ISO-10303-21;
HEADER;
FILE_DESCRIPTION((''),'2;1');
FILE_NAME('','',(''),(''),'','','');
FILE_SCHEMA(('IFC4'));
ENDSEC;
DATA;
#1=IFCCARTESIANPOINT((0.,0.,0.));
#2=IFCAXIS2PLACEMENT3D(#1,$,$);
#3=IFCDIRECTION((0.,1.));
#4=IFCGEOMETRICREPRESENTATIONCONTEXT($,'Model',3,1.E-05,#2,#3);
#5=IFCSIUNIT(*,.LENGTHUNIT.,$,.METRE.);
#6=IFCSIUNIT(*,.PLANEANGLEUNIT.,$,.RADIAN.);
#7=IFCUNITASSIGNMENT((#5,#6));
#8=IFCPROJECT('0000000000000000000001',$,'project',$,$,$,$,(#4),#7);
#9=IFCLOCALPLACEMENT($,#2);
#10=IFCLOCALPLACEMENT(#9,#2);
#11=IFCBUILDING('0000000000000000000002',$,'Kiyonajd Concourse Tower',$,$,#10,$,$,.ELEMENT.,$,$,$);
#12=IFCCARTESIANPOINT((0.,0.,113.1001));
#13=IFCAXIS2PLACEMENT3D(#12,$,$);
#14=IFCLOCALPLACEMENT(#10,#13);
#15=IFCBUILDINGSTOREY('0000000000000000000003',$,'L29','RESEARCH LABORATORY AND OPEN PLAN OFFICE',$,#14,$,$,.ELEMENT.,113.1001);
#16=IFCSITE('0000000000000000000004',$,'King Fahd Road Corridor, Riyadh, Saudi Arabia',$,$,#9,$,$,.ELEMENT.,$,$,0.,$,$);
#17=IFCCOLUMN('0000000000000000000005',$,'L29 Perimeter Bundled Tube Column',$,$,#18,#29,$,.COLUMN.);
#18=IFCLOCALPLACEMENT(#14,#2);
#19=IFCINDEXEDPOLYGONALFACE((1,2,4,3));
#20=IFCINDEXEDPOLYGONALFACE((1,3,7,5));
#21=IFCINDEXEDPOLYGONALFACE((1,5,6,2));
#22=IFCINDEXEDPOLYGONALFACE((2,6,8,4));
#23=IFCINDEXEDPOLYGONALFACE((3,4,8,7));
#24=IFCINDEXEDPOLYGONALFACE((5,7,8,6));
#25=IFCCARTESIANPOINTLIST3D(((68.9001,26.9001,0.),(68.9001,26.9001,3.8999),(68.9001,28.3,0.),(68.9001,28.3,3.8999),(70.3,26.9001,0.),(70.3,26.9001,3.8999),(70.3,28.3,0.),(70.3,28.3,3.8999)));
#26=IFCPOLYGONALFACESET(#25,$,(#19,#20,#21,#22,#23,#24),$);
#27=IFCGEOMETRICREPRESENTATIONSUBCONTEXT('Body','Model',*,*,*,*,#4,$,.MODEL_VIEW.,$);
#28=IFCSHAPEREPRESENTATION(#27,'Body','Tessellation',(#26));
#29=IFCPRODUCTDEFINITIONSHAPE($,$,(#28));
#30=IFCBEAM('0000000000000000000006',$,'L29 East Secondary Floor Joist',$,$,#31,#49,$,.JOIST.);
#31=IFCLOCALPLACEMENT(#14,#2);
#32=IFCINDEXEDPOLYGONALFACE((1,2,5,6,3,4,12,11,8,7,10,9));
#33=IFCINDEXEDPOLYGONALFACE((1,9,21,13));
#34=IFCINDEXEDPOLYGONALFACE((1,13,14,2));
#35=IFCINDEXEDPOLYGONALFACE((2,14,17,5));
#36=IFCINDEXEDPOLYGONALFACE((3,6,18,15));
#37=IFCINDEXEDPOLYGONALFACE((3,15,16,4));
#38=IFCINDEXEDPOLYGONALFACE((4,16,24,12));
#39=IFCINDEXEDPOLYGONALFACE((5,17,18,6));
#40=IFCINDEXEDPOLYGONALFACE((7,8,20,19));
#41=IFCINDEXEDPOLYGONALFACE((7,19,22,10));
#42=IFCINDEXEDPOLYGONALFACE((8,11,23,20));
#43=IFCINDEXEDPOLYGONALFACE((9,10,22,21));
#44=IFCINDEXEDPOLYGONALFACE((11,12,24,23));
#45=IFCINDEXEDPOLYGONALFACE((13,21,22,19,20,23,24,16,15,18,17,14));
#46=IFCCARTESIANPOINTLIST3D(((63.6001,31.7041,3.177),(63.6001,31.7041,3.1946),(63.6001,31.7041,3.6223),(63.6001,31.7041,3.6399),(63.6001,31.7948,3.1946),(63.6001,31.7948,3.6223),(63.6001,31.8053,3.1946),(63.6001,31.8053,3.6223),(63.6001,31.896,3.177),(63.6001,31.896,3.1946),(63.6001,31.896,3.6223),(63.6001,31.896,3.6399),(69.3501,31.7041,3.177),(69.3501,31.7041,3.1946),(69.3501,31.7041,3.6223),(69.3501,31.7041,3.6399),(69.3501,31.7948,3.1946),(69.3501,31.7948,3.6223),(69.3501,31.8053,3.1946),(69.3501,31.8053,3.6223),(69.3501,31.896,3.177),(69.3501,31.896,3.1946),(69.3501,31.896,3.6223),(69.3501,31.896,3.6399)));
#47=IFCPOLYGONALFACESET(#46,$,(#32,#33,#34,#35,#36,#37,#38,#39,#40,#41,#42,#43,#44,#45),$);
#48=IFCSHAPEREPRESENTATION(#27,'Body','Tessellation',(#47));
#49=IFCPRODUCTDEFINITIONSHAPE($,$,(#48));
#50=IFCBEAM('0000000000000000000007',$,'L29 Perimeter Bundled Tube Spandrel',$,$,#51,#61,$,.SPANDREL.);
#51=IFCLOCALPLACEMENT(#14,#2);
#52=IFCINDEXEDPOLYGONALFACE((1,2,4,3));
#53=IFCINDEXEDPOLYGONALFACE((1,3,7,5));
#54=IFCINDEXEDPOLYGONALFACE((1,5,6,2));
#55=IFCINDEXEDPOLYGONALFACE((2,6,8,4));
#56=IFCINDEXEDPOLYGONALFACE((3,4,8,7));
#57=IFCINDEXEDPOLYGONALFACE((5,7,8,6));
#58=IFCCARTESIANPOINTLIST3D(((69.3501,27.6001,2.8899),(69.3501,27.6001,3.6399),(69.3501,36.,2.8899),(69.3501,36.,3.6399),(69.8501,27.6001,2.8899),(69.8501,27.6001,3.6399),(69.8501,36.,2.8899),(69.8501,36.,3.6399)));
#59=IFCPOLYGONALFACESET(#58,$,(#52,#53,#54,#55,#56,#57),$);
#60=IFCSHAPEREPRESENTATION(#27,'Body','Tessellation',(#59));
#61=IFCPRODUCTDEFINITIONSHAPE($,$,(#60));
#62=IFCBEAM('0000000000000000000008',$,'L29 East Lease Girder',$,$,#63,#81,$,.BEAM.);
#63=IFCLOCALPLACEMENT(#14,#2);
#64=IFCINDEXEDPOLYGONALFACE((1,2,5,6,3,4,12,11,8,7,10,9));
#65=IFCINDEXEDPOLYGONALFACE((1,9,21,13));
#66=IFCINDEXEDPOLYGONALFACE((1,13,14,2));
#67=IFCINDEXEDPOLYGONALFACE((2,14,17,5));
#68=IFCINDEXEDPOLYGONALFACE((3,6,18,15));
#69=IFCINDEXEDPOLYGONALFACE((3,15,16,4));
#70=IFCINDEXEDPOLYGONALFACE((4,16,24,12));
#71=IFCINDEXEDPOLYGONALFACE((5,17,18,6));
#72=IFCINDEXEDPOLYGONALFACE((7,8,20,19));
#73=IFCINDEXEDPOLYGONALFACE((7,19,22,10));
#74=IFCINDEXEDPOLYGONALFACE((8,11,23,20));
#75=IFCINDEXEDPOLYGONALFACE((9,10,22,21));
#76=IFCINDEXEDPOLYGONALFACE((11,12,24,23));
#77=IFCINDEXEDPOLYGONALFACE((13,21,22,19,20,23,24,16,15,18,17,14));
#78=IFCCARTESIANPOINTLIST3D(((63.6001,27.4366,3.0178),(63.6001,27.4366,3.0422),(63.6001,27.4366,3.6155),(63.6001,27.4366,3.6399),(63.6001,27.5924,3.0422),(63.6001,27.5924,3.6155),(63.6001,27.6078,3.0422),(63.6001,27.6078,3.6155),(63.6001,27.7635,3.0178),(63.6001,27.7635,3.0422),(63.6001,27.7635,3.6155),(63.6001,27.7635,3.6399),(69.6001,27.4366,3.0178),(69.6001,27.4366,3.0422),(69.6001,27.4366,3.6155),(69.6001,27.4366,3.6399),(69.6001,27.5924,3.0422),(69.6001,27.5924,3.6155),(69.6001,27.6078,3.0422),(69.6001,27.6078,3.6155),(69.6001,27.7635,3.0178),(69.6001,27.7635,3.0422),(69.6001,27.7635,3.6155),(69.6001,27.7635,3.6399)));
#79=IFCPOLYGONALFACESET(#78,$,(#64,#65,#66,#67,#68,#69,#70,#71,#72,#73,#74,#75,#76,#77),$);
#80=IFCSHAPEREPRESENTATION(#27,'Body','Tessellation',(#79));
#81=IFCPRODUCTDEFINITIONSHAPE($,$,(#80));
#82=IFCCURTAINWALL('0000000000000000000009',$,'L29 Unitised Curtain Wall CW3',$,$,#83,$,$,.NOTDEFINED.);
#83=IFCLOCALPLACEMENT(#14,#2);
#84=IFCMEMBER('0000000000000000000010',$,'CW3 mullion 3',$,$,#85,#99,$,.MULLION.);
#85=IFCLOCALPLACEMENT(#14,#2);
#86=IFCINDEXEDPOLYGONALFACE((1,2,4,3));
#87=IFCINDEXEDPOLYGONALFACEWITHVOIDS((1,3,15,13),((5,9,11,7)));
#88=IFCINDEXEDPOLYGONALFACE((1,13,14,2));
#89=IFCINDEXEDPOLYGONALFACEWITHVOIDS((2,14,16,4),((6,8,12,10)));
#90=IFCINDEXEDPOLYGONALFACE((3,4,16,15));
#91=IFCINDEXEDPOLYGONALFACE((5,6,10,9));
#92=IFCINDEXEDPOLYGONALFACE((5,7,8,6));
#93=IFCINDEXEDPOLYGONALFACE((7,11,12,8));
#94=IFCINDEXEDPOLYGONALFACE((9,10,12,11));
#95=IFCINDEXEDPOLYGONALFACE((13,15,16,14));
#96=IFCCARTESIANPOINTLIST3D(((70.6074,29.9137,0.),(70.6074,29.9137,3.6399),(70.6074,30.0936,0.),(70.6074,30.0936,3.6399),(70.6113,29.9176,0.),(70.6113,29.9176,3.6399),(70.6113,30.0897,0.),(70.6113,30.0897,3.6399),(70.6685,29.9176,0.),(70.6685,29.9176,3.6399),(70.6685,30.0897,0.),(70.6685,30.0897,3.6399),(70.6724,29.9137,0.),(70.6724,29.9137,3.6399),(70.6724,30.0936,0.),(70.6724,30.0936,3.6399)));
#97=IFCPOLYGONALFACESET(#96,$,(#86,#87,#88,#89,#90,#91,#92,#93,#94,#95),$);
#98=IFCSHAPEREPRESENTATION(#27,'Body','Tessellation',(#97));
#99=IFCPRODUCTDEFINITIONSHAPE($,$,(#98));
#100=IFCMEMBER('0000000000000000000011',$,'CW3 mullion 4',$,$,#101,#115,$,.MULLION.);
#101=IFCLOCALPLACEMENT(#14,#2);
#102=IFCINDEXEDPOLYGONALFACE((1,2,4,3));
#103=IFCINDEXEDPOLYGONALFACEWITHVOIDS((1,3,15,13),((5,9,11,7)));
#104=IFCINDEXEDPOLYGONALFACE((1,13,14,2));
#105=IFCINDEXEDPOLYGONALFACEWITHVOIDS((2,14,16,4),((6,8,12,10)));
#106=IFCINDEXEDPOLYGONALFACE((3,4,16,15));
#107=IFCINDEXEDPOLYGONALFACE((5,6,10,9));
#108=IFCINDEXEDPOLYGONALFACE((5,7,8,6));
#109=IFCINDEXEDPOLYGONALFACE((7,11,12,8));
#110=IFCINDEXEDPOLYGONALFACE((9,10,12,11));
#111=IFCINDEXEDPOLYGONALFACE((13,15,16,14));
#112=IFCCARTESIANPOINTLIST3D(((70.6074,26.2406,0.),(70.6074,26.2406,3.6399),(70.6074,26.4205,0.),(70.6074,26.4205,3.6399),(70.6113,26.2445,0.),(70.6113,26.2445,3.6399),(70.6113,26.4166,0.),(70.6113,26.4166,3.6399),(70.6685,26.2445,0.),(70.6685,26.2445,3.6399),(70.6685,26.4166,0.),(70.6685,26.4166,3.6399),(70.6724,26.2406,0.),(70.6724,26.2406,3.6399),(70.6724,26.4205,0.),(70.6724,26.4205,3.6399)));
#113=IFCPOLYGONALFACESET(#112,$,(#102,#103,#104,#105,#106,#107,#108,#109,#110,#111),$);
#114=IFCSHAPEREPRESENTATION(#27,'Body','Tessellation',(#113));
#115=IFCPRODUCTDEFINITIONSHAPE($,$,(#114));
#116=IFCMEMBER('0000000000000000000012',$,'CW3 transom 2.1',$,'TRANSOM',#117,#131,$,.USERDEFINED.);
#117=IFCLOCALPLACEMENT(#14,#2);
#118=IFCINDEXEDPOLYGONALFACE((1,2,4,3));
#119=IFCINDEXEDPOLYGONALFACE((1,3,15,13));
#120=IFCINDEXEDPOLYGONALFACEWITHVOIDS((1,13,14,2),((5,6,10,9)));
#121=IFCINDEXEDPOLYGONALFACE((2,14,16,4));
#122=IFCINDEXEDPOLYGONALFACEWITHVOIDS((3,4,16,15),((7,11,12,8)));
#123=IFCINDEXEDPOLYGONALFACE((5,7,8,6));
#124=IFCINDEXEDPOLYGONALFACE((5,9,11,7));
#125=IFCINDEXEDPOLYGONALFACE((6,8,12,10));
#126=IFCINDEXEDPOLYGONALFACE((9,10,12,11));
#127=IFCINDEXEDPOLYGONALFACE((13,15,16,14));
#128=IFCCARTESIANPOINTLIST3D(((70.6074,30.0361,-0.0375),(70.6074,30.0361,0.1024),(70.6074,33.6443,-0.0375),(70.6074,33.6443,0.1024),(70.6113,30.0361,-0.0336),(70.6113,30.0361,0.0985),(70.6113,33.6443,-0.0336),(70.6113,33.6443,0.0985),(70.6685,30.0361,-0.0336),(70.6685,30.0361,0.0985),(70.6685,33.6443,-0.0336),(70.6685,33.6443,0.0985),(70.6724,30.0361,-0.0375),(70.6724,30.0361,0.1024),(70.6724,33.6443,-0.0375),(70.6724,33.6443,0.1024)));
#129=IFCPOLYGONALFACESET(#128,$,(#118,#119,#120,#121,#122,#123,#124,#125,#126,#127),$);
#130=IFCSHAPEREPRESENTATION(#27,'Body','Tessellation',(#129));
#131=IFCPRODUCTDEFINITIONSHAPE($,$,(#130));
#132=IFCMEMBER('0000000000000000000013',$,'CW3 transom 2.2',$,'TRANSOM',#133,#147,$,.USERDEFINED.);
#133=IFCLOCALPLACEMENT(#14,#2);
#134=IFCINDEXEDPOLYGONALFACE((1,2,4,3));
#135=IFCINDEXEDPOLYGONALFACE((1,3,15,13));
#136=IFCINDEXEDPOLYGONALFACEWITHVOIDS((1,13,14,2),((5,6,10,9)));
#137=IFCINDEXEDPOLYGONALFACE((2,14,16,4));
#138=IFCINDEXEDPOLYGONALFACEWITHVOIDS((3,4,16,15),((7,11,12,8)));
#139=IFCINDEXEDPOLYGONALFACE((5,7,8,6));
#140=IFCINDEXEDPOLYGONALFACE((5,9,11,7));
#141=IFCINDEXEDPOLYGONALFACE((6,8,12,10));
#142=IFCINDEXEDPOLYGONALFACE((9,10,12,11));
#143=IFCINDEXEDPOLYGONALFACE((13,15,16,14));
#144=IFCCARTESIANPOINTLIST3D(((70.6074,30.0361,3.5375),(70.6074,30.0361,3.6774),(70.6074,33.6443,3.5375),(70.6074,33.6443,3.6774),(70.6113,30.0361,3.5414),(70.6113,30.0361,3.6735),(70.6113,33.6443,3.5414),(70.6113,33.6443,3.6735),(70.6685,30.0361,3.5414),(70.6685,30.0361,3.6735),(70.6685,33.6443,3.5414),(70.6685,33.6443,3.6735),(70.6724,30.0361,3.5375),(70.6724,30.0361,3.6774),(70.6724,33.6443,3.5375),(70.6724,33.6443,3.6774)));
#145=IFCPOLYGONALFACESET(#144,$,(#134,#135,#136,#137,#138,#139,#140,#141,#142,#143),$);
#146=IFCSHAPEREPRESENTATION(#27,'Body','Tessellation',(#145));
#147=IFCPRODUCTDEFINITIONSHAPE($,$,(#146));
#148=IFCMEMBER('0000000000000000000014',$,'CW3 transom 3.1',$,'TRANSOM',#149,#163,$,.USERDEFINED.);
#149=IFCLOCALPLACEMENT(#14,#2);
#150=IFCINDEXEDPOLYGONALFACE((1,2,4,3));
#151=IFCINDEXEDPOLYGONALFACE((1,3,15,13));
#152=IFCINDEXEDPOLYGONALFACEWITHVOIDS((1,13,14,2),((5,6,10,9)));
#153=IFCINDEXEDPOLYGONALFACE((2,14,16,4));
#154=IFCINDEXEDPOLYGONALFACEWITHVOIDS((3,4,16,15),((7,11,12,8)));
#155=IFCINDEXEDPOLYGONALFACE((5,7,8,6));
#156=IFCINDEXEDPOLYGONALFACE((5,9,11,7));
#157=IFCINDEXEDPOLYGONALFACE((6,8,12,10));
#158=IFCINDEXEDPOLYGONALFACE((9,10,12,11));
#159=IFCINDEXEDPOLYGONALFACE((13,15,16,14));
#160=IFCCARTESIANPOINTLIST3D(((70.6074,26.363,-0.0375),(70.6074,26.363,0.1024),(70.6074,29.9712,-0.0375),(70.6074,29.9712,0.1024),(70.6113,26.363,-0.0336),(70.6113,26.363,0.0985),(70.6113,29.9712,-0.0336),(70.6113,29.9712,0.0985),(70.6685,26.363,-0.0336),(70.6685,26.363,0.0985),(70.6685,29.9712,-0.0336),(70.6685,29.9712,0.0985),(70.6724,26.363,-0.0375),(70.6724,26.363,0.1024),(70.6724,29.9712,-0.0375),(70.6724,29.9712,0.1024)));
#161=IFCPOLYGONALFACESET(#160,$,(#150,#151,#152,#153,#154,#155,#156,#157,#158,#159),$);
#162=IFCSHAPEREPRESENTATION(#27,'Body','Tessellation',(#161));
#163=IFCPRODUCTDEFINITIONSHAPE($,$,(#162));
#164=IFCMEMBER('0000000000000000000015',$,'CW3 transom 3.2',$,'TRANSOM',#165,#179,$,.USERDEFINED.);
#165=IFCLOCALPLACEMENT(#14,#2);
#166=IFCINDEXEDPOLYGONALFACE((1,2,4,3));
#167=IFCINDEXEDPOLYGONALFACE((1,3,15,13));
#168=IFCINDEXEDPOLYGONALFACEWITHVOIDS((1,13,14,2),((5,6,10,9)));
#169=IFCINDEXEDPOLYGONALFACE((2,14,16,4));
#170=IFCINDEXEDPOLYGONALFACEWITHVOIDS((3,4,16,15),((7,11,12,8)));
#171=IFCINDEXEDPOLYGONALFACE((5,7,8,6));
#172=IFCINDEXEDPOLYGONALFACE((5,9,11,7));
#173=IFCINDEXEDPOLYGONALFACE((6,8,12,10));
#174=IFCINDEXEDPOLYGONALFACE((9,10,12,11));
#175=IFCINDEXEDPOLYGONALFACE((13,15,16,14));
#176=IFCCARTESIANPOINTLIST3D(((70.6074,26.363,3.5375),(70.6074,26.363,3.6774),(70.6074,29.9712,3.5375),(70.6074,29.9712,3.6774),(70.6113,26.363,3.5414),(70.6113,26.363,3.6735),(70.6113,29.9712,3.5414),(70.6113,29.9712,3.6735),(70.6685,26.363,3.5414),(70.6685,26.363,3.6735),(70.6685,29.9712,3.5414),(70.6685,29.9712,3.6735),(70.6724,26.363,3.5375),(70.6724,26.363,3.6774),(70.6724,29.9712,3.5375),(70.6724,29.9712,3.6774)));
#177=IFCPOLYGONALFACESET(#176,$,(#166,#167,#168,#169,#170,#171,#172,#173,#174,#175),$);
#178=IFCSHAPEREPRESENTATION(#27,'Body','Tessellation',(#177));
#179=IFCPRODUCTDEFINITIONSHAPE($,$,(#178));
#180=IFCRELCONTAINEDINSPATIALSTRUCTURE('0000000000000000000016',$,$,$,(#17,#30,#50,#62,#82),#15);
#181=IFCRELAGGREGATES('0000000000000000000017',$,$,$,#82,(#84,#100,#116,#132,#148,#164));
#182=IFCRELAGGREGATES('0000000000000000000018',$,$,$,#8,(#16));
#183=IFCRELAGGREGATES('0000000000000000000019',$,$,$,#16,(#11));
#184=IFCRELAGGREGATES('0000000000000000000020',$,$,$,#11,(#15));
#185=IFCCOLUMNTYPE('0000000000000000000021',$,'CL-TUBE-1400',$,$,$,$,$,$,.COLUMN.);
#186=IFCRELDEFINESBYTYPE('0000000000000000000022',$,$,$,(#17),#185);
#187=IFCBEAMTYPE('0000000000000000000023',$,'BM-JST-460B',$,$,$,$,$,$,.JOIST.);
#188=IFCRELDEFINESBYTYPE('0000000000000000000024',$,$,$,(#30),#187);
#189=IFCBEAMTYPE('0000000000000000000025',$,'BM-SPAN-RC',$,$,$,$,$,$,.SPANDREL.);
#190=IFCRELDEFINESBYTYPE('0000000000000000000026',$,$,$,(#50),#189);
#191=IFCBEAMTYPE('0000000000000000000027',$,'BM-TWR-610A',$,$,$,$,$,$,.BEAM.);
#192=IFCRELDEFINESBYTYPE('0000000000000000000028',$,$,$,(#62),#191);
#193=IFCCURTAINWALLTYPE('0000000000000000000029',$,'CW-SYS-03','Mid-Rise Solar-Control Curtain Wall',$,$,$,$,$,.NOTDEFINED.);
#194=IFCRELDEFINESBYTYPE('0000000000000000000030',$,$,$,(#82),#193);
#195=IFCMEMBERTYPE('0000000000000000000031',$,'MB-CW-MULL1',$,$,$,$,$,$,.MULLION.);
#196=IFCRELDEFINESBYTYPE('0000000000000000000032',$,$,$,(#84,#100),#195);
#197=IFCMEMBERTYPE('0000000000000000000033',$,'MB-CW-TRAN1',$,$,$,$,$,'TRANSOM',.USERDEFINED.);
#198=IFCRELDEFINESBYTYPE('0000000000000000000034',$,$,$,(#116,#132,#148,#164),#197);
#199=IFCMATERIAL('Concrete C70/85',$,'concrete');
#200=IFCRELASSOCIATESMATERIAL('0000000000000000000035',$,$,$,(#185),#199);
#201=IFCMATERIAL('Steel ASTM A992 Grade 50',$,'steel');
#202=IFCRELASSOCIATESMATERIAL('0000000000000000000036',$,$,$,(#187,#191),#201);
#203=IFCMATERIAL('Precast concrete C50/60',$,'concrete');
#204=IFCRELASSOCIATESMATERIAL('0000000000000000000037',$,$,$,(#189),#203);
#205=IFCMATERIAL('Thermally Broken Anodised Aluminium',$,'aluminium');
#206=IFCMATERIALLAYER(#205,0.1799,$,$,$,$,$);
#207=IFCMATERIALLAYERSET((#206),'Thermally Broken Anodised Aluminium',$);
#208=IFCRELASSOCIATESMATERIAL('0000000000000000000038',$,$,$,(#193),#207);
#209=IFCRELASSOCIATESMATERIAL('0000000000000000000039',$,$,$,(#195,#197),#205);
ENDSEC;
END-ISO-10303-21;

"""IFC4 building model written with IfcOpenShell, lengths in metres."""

from ifc_helpers import new_model, si_unit, direction, frame, origin, origin_2d, place, context, subcontext, project, spatial, rectangle, hollow_rectangle, i_section, extrude, material, layer, layer_set, material_profile, profile_set, type_object, element, aggregate, save


model = new_model("IFC4")

# Units and contexts
model_context = context("Model", 3, precision=1e-05, world=origin(), true_north=direction((0.0, 1.0)))
body_context = subcontext(model_context, "Body", "Model", "MODEL_VIEW")
ifc_project = project(units=[si_unit("LENGTHUNIT", "METRE"), si_unit("PLANEANGLEUNIT", "RADIAN")], contexts=[model_context])

# Site, building, storey
site_placement = place(None, origin())
site = spatial("IfcSite", under=ifc_project, at=site_placement, Name="King Fahd Road Corridor, Riyadh, Saudi Arabia", CompositionType="ELEMENT", RefElevation=0.0)
building_placement = place(site_placement, origin())
building = spatial("IfcBuilding", under=site, at=building_placement, Name="Kiyonajd Concourse Tower", CompositionType="ELEMENT")
storey_placement = place(building_placement, frame((0.0, 0.0, 113.1001)))
storey = spatial("IfcBuildingStorey", under=building, at=storey_placement, Name="L29", Description="RESEARCH LABORATORY AND OPEN PLAN OFFICE", CompositionType="ELEMENT", Elevation=113.1001)

# Column
ifc_material_1 = material(Name="Concrete C70/85", Category="concrete")
ifc_material_profile_1 = material_profile(ifc_material_1, rectangle(XDim=1.3999, YDim=1.3999, at=origin_2d()), Name="RC-1400x1400")
ifc_profile_set_1 = profile_set([ifc_material_profile_1], Name="Concrete C70/85")
column_type = type_object("IfcColumnType", Name="CL-TUBE-1400", PredefinedType="COLUMN", material=ifc_profile_set_1)
column_placement = place(storey_placement, frame((69.6001, 27.6001, 0.0), z_axis=(0.0, 0.0, 1.0), x_axis=(1.0, 0.0, 0.0)))
element("IfcColumn", 1, at=column_placement, inside=storey, type_object=column_type, Name="L29 Perimeter Bundled Tube Column", PredefinedType="COLUMN", context=body_context, shape_type="SweptSolid", body=[
    extrude(rectangle(XDim=1.3999, YDim=1.3999, at=origin_2d()), origin(), (0.0, 0.0, 1.0), 3.8999),
])

# Beams
ifc_material_2 = material(Name="Steel ASTM A992 Grade 50", Category="steel")
ifc_material_profile_2 = material_profile(ifc_material_2, i_section(OverallWidth=0.1919, OverallDepth=0.4629, WebThickness=0.0105, FlangeThickness=0.0176, at=origin_2d()), Name="W460X89")
ifc_profile_set_2 = profile_set([ifc_material_profile_2], Name="Steel ASTM A992 Grade 50")
beam_type_1 = type_object("IfcBeamType", Name="BM-JST-460B", PredefinedType="JOIST", material=ifc_profile_set_2)
beam_1_placement = place(storey_placement, frame((63.6001, 31.8, 3.4084), z_axis=(1.0, 0.0, 0.0), x_axis=(0.0, 1.0, 0.0)))
element("IfcBeam", 2, at=beam_1_placement, inside=storey, type_object=beam_type_1, Name="L29 East Secondary Floor Joist", PredefinedType="JOIST", context=body_context, shape_type="SweptSolid", body=[
    extrude(i_section(OverallWidth=0.1919, OverallDepth=0.4629, WebThickness=0.0105, FlangeThickness=0.0176, at=origin_2d()), origin(), (0.0, 0.0, 1.0), 5.75),
])
ifc_material_3 = material(Name="Precast concrete C50/60", Category="concrete")
ifc_material_profile_3 = material_profile(ifc_material_3, rectangle(XDim=0.5, YDim=0.75, at=origin_2d()), Name="RCBM-500x750")
ifc_profile_set_3 = profile_set([ifc_material_profile_3], Name="Precast concrete C50/60")
beam_type_2 = type_object("IfcBeamType", Name="BM-SPAN-RC", PredefinedType="SPANDREL", material=ifc_profile_set_3)
beam_2_placement = place(storey_placement, frame((69.6001, 27.6001, 3.2649), z_axis=(0.0, 1.0, 0.0), x_axis=(-1.0, 0.0, 0.0)))
element("IfcBeam", 3, at=beam_2_placement, inside=storey, type_object=beam_type_2, Name="L29 Perimeter Bundled Tube Spandrel", PredefinedType="SPANDREL", context=body_context, shape_type="SweptSolid", body=[
    extrude(rectangle(XDim=0.5, YDim=0.75, at=origin_2d()), origin(), (0.0, 0.0, 1.0), 8.3999),
])
ifc_material_profile_4 = material_profile(ifc_material_2, i_section(OverallWidth=0.3269, OverallDepth=0.6221, WebThickness=0.0154, FlangeThickness=0.0244, at=origin_2d()), Name="W610X195")
ifc_profile_set_4 = profile_set([ifc_material_profile_4], Name="Steel ASTM A992 Grade 50")
beam_type_3 = type_object("IfcBeamType", Name="BM-TWR-610A", PredefinedType="BEAM", material=ifc_profile_set_4)
beam_3_placement = place(storey_placement, frame((63.6001, 27.6001, 3.3289), z_axis=(1.0, 0.0, 0.0), x_axis=(0.0, 1.0, 0.0)))
element("IfcBeam", 4, at=beam_3_placement, inside=storey, type_object=beam_type_3, Name="L29 East Lease Girder", PredefinedType="BEAM", context=body_context, shape_type="SweptSolid", body=[
    extrude(i_section(OverallWidth=0.3269, OverallDepth=0.6221, WebThickness=0.0154, FlangeThickness=0.0244, at=origin_2d()), origin(), (0.0, 0.0, 1.0), 6.0),
])

# Curtain wall, members
ifc_material_4 = material(Name="Thermally Broken Anodised Aluminium", Category="aluminium")
ifc_layer_1 = layer(ifc_material_4, 0.1799)
ifc_layer_set_1 = layer_set([ifc_layer_1], Name="Thermally Broken Anodised Aluminium")
curtain_wall_type = type_object("IfcCurtainWallType", Name="CW-SYS-03", Description="Mid-Rise Solar-Control Curtain Wall", PredefinedType="NOTDEFINED", material=ifc_layer_set_1)
curtain_wall_placement = place(storey_placement, origin())
curtain_wall = element("IfcCurtainWall", 5, at=curtain_wall_placement, inside=storey, type_object=curtain_wall_type, Name="L29 Unitised Curtain Wall CW3", PredefinedType="NOTDEFINED")
ifc_material_profile_5 = material_profile(ifc_material_4, hollow_rectangle(XDim=0.0649, YDim=0.1799, WallThickness=0.0039, at=origin_2d()), Name="MULL-65x180")
ifc_profile_set_5 = profile_set([ifc_material_profile_5], Name="Thermally Broken Anodised Aluminium")
member_type_1 = type_object("IfcMemberType", Name="MB-CW-MULL1", PredefinedType="MULLION", material=ifc_profile_set_5)
member_1_placement = place(storey_placement, frame((70.6399, 30.0037, 0.0), z_axis=(0.0, 0.0, 1.0), x_axis=(1.0, 0.0, 0.0)))
member_1 = element("IfcMember", 6, at=member_1_placement, type_object=member_type_1, Name="CW3 mullion 3", PredefinedType="MULLION", context=body_context, shape_type="SweptSolid", body=[
    extrude(hollow_rectangle(XDim=0.0649, YDim=0.1799, WallThickness=0.0039, at=origin_2d()), origin(), (0.0, 0.0, 1.0), 3.6399),
])
member_2_placement = place(storey_placement, frame((70.6399, 26.3306, 0.0), z_axis=(0.0, 0.0, 1.0), x_axis=(1.0, 0.0, 0.0)))
member_2 = element("IfcMember", 7, at=member_2_placement, type_object=member_type_1, Name="CW3 mullion 4", PredefinedType="MULLION", context=body_context, shape_type="SweptSolid", body=[
    extrude(hollow_rectangle(XDim=0.0649, YDim=0.1799, WallThickness=0.0039, at=origin_2d()), origin(), (0.0, 0.0, 1.0), 3.6399),
])
ifc_material_profile_6 = material_profile(ifc_material_4, hollow_rectangle(XDim=0.0649, YDim=0.1399, WallThickness=0.0039, at=origin_2d()), Name="TRAN-65x140")
ifc_profile_set_6 = profile_set([ifc_material_profile_6], Name="Thermally Broken Anodised Aluminium")
member_type_2 = type_object("IfcMemberType", Name="MB-CW-TRAN1", ElementType="TRANSOM", PredefinedType="USERDEFINED", material=ifc_profile_set_6)
member_3_placement = place(storey_placement, frame((70.6399, 33.6443, 0.0325), z_axis=(0.0, -1.0, 0.0), x_axis=(1.0, 0.0, 0.0)))
member_3 = element("IfcMember", 8, at=member_3_placement, type_object=member_type_2, Name="CW3 transom 2.1", ObjectType="TRANSOM", PredefinedType="USERDEFINED", context=body_context, shape_type="SweptSolid", body=[
    extrude(hollow_rectangle(XDim=0.0649, YDim=0.1399, WallThickness=0.0039, at=origin_2d()), origin(), (0.0, 0.0, 1.0), 3.6082),
])
member_4_placement = place(storey_placement, frame((70.6399, 33.6443, 3.6074), z_axis=(0.0, -1.0, 0.0), x_axis=(1.0, 0.0, 0.0)))
member_4 = element("IfcMember", 9, at=member_4_placement, type_object=member_type_2, Name="CW3 transom 2.2", ObjectType="TRANSOM", PredefinedType="USERDEFINED", context=body_context, shape_type="SweptSolid", body=[
    extrude(hollow_rectangle(XDim=0.0649, YDim=0.1399, WallThickness=0.0039, at=origin_2d()), origin(), (0.0, 0.0, 1.0), 3.6082),
])
member_5_placement = place(storey_placement, frame((70.6399, 29.9712, 0.0325), z_axis=(0.0, -1.0, 0.0), x_axis=(1.0, 0.0, 0.0)))
member_5 = element("IfcMember", 10, at=member_5_placement, type_object=member_type_2, Name="CW3 transom 3.1", ObjectType="TRANSOM", PredefinedType="USERDEFINED", context=body_context, shape_type="SweptSolid", body=[
    extrude(hollow_rectangle(XDim=0.0649, YDim=0.1399, WallThickness=0.0039, at=origin_2d()), origin(), (0.0, 0.0, 1.0), 3.6082),
])
member_6_placement = place(storey_placement, frame((70.6399, 29.9712, 3.6074), z_axis=(0.0, -1.0, 0.0), x_axis=(1.0, 0.0, 0.0)))
member_6 = element("IfcMember", 11, at=member_6_placement, type_object=member_type_2, Name="CW3 transom 3.2", ObjectType="TRANSOM", PredefinedType="USERDEFINED", context=body_context, shape_type="SweptSolid", body=[
    extrude(hollow_rectangle(XDim=0.0649, YDim=0.1399, WallThickness=0.0039, at=origin_2d()), origin(), (0.0, 0.0, 1.0), 3.6082),
])
aggregate(curtain_wall, [member_1, member_2, member_3, member_4, member_5, member_6])

save(model, "model.ifc")
